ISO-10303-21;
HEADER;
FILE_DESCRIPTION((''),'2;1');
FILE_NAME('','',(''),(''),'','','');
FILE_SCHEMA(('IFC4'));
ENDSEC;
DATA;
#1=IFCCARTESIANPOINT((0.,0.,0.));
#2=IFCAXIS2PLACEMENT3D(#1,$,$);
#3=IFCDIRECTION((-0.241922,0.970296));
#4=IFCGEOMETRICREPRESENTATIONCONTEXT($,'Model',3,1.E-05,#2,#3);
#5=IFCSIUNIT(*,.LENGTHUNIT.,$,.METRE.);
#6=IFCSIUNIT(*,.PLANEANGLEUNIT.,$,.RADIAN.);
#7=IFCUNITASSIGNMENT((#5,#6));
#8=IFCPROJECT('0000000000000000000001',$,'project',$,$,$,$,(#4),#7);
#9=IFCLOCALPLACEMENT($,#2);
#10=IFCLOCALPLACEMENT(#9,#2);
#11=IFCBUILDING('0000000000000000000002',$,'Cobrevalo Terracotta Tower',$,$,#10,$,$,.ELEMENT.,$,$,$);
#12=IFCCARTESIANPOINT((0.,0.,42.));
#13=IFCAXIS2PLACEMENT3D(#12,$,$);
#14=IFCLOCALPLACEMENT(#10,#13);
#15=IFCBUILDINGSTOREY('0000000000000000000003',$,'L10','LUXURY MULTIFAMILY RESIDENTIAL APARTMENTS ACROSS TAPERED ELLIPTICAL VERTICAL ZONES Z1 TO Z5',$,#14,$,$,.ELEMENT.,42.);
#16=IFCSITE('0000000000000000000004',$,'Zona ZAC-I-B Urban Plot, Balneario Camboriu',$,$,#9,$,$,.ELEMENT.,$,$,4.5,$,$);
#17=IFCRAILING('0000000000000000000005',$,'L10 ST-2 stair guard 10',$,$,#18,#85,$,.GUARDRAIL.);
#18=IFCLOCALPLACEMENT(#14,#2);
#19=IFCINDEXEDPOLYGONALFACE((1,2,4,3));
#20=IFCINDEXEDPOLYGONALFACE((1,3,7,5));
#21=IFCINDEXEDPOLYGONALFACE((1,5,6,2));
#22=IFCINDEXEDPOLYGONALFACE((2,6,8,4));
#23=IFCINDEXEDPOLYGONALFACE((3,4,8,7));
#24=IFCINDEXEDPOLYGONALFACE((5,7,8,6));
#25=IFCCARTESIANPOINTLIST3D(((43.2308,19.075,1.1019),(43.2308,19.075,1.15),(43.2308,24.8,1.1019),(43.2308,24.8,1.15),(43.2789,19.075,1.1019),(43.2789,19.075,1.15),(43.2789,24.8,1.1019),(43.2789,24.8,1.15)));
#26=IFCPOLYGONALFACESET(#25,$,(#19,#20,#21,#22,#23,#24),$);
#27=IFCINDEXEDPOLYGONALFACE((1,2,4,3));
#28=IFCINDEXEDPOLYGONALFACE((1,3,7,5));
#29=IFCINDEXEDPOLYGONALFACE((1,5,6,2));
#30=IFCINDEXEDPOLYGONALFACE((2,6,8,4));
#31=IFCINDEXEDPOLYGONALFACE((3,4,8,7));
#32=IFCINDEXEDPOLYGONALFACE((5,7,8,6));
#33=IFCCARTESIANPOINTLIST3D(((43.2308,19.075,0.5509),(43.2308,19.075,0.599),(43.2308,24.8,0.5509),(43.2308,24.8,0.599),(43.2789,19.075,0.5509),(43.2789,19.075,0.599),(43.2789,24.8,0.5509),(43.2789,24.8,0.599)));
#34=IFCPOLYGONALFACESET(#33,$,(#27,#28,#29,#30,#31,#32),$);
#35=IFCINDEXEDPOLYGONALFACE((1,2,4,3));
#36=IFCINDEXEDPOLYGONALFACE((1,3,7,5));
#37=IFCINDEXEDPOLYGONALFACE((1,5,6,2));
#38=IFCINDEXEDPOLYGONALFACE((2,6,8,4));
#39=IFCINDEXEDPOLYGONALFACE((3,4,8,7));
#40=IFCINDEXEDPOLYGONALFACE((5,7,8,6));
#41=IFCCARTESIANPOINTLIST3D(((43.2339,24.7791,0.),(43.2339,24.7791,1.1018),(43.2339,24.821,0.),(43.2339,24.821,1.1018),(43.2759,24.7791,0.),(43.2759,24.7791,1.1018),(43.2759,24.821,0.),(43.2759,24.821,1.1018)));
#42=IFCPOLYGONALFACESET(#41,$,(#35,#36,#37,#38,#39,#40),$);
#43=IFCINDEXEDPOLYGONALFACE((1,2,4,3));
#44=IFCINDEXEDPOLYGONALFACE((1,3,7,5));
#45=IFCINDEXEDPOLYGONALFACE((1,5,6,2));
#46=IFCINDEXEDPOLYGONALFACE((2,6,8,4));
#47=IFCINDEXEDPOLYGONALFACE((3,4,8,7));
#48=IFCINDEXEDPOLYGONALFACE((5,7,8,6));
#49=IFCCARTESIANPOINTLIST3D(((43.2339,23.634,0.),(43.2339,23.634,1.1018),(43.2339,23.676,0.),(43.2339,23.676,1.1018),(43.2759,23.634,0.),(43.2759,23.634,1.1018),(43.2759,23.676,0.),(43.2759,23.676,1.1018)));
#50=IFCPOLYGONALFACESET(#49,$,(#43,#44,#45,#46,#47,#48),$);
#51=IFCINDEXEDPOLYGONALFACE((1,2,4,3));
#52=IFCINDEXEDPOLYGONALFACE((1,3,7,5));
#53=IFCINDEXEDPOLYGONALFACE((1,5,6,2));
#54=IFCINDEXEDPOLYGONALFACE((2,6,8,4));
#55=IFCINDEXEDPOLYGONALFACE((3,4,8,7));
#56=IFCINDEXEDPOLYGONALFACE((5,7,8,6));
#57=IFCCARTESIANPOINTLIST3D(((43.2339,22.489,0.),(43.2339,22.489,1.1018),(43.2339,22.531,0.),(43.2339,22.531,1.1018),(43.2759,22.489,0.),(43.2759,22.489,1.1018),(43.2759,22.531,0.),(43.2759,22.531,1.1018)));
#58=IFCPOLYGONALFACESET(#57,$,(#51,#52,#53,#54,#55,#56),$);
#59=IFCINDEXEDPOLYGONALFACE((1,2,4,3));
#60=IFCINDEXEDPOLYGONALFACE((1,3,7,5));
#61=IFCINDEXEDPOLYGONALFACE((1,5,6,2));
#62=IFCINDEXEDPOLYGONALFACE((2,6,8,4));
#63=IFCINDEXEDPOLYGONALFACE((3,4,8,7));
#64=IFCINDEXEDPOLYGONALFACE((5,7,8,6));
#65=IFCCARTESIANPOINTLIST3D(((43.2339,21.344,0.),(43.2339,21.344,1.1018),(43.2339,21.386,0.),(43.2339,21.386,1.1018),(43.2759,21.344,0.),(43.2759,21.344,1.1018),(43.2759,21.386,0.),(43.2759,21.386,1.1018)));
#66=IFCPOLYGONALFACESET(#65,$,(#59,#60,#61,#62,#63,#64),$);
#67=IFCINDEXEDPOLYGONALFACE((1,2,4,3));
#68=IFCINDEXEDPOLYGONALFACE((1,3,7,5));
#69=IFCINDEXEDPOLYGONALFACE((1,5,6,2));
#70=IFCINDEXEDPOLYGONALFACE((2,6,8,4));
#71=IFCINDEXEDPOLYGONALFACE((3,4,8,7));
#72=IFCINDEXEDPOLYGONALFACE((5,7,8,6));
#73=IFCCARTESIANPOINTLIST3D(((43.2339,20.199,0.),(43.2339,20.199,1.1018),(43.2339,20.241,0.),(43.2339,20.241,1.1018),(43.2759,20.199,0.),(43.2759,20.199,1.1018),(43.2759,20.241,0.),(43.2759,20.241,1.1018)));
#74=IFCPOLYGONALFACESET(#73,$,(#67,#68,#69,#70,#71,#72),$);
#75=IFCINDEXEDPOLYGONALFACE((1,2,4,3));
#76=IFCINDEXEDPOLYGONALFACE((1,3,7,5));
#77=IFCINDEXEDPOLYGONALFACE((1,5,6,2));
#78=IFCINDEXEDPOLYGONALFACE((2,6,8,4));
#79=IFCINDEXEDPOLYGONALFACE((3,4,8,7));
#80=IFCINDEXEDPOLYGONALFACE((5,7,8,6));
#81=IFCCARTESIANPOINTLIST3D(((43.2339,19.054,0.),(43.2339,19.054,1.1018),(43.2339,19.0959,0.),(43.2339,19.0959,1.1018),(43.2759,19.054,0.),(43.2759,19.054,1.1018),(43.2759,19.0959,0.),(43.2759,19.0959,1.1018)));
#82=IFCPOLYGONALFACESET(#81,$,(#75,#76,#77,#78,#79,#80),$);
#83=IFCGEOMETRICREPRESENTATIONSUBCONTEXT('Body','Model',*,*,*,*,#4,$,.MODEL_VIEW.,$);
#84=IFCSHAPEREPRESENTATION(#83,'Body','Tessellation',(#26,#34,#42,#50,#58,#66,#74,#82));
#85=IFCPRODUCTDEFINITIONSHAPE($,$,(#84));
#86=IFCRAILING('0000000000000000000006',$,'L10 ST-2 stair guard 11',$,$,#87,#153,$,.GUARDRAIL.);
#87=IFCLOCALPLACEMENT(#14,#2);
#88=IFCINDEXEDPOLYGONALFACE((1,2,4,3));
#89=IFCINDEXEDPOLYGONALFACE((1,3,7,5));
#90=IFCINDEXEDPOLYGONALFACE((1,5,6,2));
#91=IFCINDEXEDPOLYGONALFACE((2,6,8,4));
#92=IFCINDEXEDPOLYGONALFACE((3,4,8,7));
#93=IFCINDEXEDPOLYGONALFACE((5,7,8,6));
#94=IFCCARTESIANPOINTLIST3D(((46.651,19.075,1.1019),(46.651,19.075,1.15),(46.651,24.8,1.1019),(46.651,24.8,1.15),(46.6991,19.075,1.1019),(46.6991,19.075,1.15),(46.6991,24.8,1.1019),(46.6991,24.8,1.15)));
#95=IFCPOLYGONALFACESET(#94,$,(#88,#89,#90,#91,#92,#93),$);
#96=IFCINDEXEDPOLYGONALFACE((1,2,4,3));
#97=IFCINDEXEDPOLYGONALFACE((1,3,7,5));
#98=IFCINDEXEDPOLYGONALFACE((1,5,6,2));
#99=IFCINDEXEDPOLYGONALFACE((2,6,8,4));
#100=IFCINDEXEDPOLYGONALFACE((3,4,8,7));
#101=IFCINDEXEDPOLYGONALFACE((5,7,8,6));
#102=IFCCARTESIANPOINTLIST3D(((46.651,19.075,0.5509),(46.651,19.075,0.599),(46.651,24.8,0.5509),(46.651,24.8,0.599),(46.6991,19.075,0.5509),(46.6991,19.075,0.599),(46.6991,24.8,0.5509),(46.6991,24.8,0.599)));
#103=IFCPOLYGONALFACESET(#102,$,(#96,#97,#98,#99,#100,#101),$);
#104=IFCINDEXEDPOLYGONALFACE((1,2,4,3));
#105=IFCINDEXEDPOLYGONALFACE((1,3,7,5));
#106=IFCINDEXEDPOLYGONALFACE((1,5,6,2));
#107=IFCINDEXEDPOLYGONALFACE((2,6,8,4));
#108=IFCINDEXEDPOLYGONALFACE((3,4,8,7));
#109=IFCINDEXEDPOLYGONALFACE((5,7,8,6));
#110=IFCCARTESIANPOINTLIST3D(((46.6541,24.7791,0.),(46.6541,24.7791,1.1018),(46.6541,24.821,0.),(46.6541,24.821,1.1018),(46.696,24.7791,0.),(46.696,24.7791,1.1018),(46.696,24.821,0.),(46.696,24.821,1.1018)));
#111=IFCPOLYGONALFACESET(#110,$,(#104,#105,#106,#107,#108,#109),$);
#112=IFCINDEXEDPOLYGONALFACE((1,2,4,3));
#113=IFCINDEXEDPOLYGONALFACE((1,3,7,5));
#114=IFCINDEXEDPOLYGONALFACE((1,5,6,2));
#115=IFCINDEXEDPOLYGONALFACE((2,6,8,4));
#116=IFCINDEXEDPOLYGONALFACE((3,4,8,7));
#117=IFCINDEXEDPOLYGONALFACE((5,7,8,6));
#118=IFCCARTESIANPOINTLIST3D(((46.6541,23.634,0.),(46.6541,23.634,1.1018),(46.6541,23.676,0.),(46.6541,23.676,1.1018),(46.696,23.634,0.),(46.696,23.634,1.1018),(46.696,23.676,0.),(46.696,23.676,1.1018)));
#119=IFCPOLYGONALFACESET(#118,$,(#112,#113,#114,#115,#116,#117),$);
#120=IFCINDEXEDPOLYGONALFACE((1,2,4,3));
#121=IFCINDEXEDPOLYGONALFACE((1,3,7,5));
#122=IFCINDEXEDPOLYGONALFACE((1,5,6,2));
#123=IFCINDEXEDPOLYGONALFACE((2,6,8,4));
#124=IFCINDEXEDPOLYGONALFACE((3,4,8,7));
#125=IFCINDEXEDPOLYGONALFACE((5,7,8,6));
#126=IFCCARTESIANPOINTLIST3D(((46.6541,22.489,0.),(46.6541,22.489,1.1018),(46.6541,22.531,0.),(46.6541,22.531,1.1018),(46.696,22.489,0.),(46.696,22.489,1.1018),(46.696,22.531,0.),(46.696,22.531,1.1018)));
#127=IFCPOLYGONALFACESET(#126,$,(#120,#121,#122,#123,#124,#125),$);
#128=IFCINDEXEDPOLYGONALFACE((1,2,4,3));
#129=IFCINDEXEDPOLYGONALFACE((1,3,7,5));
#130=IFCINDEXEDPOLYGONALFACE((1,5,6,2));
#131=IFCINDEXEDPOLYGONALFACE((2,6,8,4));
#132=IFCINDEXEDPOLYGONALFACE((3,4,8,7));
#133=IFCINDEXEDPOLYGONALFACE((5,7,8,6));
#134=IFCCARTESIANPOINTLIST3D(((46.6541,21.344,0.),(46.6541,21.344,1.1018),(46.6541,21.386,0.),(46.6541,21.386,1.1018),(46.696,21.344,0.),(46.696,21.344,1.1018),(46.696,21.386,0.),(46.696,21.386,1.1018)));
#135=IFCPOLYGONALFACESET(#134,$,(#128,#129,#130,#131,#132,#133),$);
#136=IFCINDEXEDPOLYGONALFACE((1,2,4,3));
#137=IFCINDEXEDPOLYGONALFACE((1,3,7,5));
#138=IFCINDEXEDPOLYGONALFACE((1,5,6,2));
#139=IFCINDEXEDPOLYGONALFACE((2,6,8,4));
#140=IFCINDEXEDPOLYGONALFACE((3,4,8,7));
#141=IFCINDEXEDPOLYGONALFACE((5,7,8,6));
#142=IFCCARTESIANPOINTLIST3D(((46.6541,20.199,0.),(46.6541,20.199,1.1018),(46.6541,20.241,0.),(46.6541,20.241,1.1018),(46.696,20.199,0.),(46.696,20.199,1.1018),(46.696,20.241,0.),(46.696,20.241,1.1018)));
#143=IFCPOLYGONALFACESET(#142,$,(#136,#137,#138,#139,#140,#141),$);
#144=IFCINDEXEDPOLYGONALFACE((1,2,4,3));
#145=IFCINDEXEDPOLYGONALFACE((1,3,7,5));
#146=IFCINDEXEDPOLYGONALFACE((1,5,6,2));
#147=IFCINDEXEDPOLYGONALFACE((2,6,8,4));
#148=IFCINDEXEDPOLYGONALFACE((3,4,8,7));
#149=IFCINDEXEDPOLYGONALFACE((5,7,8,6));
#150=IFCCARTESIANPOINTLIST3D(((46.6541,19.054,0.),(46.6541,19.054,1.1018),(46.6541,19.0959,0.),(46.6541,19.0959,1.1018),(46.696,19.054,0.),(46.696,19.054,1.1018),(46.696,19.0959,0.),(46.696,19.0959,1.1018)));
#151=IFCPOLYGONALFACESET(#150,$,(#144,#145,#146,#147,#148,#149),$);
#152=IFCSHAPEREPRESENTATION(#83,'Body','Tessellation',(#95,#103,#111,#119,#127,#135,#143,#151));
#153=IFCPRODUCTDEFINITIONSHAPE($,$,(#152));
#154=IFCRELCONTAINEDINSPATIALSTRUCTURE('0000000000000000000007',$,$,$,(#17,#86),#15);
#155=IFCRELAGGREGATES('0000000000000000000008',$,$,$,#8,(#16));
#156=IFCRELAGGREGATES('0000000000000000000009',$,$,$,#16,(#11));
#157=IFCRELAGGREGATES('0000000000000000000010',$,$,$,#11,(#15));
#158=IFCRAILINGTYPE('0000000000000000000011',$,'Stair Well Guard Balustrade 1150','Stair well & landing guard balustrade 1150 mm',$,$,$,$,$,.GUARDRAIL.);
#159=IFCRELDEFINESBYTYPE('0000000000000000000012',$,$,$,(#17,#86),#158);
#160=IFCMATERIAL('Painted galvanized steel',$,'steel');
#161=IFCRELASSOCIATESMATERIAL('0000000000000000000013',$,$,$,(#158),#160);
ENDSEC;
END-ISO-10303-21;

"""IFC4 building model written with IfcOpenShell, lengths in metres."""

from ifc_helpers import new_model, si_unit, direction, frame, origin, origin_2d, place, context, subcontext, project, spatial, rectangle, extrude, material, type_object, element, save


model = new_model("IFC4")

# Units and contexts
model_context = context("Model", 3, precision=1e-05, world=origin(), true_north=direction((-0.241922, 0.970296)))
body_context = subcontext(model_context, "Body", "Model", "MODEL_VIEW")
ifc_project = project(units=[si_unit("LENGTHUNIT", "METRE"), si_unit("PLANEANGLEUNIT", "RADIAN")], contexts=[model_context])

# Site, building, storey
site_placement = place(None, origin())
site = spatial("IfcSite", under=ifc_project, at=site_placement, Name="Zona ZAC-I-B Urban Plot, Balneario Camboriu", CompositionType="ELEMENT", RefElevation=4.5)
building_placement = place(site_placement, origin())
building = spatial("IfcBuilding", under=site, at=building_placement, Name="Cobrevalo Terracotta Tower", CompositionType="ELEMENT")
storey_placement = place(building_placement, frame((0.0, 0.0, 42.0)))
storey = spatial("IfcBuildingStorey", under=building, at=storey_placement, Name="L10", Description="LUXURY MULTIFAMILY RESIDENTIAL APARTMENTS ACROSS TAPERED ELLIPTICAL VERTICAL ZONES Z1 TO Z5", CompositionType="ELEMENT", Elevation=42.0)

# Railings
ifc_material_1 = material(Name="Painted galvanized steel", Category="steel")
railing_type_1 = type_object("IfcRailingType", Name="Stair Well Guard Balustrade 1150", Description="Stair well & landing guard balustrade 1150 mm", PredefinedType="GUARDRAIL", material=ifc_material_1)
for number, where, name in (
    (1, (43.2549, 24.8, 0.0), "L10 ST-2 stair guard 10"),
    (2, (46.675, 24.8, 0.0), "L10 ST-2 stair guard 11"),
):
    element("IfcRailing", number, at=place(storey_placement, frame(where)), inside=storey, type_object=railing_type_1, Name=name, PredefinedType="GUARDRAIL", context=body_context, shape_type="SweptSolid", body=[
        extrude(rectangle(XDim=0.0481, YDim=0.0481, at=origin_2d()), frame((0.0, 0.0, 1.126), z_axis=(0.0, -1.0, 0.0), x_axis=(1.0, 0.0, 0.0)), (0.0, 0.0, 1.0), 5.7251),
        extrude(rectangle(XDim=0.0481, YDim=0.0481, at=origin_2d()), frame((0.0, 0.0, 0.575), z_axis=(0.0, -1.0, 0.0), x_axis=(1.0, 0.0, 0.0)), (0.0, 0.0, 1.0), 5.7251),
        extrude(rectangle(XDim=0.042, YDim=0.042, at=origin_2d()), origin(), (0.0, 0.0, 1.0), 1.1018),
        extrude(rectangle(XDim=0.042, YDim=0.042, at=origin_2d()), frame((0.0, -1.145, 0.0)), (0.0, 0.0, 1.0), 1.1018),
        extrude(rectangle(XDim=0.042, YDim=0.042, at=origin_2d()), frame((0.0, -2.29, 0.0)), (0.0, 0.0, 1.0), 1.1018),
        extrude(rectangle(XDim=0.042, YDim=0.042, at=origin_2d()), frame((0.0, -3.4351, 0.0)), (0.0, 0.0, 1.0), 1.1018),
        extrude(rectangle(XDim=0.042, YDim=0.042, at=origin_2d()), frame((0.0, -4.5801, 0.0)), (0.0, 0.0, 1.0), 1.1018),
        extrude(rectangle(XDim=0.042, YDim=0.042, at=origin_2d()), frame((0.0, -5.7251, 0.0)), (0.0, 0.0, 1.0), 1.1018),
    ])

save(model, "model.ifc")
